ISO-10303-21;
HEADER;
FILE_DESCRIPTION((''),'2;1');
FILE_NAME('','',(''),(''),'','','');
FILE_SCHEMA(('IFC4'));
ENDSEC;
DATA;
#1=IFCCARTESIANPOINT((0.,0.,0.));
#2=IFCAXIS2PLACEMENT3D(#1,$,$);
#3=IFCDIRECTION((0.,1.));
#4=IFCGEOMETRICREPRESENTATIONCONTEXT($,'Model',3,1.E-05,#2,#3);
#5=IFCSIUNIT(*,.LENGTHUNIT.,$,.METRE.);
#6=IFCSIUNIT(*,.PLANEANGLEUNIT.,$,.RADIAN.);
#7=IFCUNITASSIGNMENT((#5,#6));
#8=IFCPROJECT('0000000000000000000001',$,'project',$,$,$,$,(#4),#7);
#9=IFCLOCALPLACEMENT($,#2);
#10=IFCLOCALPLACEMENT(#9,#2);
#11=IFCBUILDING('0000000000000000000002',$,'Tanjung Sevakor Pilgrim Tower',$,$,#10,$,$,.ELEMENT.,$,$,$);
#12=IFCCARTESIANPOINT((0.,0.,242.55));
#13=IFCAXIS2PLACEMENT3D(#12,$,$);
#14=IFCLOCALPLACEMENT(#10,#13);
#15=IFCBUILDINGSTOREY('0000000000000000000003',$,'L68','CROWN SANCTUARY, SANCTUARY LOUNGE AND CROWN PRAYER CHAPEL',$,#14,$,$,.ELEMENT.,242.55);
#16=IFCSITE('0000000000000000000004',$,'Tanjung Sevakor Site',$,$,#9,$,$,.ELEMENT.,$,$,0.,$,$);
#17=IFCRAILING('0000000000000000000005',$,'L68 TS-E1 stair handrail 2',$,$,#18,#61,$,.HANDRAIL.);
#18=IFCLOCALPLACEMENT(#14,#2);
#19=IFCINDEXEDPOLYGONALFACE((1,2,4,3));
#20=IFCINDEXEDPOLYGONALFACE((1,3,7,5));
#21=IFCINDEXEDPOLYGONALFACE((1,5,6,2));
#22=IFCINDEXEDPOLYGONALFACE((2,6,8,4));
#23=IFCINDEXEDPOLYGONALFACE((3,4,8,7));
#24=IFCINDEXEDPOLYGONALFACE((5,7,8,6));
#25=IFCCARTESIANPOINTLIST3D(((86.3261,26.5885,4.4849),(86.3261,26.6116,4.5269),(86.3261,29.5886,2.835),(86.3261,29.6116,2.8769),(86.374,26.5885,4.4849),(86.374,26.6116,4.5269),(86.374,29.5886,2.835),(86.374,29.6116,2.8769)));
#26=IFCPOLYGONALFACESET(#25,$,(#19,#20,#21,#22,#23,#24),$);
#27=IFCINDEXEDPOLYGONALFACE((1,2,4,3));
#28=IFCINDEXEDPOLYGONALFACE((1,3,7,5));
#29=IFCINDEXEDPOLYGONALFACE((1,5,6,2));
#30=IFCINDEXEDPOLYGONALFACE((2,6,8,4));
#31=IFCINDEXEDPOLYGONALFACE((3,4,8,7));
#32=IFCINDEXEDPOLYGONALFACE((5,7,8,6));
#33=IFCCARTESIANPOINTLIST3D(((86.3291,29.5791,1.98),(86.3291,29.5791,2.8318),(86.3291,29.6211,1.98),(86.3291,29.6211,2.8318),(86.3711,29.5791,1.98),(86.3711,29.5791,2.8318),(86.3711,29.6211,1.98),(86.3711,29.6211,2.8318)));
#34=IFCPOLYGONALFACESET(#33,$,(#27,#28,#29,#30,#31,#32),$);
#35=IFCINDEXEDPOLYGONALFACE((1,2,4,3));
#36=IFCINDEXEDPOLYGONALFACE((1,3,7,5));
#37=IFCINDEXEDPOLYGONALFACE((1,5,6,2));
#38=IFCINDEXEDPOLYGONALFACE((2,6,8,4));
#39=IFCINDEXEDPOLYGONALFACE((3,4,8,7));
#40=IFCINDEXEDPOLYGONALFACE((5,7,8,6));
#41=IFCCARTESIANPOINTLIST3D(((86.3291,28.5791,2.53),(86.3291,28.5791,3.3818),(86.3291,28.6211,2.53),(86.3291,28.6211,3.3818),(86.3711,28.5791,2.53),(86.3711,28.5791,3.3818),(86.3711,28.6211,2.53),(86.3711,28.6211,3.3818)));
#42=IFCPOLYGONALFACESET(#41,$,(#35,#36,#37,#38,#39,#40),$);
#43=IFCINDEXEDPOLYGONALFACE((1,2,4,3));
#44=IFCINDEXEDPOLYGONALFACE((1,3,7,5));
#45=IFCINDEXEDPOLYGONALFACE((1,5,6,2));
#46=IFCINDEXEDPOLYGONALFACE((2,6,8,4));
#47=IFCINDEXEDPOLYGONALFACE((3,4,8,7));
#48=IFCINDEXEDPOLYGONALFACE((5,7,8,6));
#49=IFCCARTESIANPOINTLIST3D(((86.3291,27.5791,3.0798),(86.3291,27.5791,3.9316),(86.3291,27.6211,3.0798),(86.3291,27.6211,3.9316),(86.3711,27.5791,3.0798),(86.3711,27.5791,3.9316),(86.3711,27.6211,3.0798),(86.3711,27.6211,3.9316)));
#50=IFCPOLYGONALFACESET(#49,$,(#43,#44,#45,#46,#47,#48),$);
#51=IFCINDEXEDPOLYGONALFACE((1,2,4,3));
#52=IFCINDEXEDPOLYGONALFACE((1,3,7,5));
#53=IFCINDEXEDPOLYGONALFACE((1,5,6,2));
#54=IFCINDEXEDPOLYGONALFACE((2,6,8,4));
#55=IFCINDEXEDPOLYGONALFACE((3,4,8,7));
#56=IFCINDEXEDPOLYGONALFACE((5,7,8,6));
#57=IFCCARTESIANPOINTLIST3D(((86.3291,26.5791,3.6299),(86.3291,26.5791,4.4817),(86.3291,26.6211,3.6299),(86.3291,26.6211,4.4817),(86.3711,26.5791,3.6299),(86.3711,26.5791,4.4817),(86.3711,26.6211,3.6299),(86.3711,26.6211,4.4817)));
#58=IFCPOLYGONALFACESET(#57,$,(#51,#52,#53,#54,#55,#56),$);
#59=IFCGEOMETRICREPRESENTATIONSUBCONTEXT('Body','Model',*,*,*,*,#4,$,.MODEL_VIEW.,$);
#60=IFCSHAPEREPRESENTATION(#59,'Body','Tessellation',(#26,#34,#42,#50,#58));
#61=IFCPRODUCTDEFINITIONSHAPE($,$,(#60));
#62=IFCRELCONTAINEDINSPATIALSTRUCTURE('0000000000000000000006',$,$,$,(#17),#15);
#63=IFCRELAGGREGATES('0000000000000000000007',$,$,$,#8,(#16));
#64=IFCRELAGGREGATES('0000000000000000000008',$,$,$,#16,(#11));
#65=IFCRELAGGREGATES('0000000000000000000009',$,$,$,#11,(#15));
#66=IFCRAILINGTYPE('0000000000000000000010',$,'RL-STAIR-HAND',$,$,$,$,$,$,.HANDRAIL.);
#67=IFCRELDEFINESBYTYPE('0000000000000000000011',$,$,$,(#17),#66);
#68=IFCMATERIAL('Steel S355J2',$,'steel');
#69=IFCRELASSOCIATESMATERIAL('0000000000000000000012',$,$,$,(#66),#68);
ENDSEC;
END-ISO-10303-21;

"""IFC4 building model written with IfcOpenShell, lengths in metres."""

from ifc_helpers import new_model, si_unit, direction, frame, origin, place, context, subcontext, project, spatial, rectangle, extrude, material, type_object, element, save


model = new_model("IFC4")

# Units and contexts
model_context = context("Model", 3, precision=1e-05, world=origin(), true_north=direction((0.0, 1.0)))
body_context = subcontext(model_context, "Body", "Model", "MODEL_VIEW")
ifc_project = project(units=[si_unit("LENGTHUNIT", "METRE"), si_unit("PLANEANGLEUNIT", "RADIAN")], contexts=[model_context])

# Site, building, storey
site_placement = place(None, origin())
site = spatial("IfcSite", under=ifc_project, at=site_placement, Name="Tanjung Sevakor Site", CompositionType="ELEMENT", RefElevation=0.0)
building_placement = place(site_placement, origin())
building = spatial("IfcBuilding", under=site, at=building_placement, Name="Tanjung Sevakor Pilgrim Tower", CompositionType="ELEMENT")
storey_placement = place(building_placement, frame((0.0, 0.0, 242.55)))
storey = spatial("IfcBuildingStorey", under=building, at=storey_placement, Name="L68", Description="CROWN SANCTUARY, SANCTUARY LOUNGE AND CROWN PRAYER CHAPEL", CompositionType="ELEMENT", Elevation=242.55)

# Railing
ifc_material_1 = material(Name="Steel S355J2", Category="steel")
railing_type_1 = type_object("IfcRailingType", Name="RL-STAIR-HAND", PredefinedType="HANDRAIL", material=ifc_material_1)
railing_1_placement = place(storey_placement, frame((86.3501, 29.6001, 1.98)))
element("IfcRailing", 1, at=railing_1_placement, inside=storey, type_object=railing_type_1, Name="L68 TS-E1 stair handrail 2", PredefinedType="HANDRAIL", context=body_context, shape_type="SweptSolid", body=[
    extrude(rectangle(XDim=0.0479, YDim=0.0479), frame((0.0, 0.0, 0.876), z_axis=(0.0, -0.876228, 0.481897), x_axis=(1.0, 0.0, 0.0)), (0.0, 0.0, 1.0), 3.4238),
    extrude(rectangle(XDim=0.042, YDim=0.042), origin(), (0.0, 0.0, 1.0), 0.8518),
    extrude(rectangle(XDim=0.042, YDim=0.042), frame((0.0, -1.0, 0.55)), (0.0, 0.0, 1.0), 0.8518),
    extrude(rectangle(XDim=0.042, YDim=0.042), frame((0.0, -2.0, 1.0999)), (0.0, 0.0, 1.0), 0.8518),
    extrude(rectangle(XDim=0.042, YDim=0.042), frame((0.0, -3.0, 1.6499)), (0.0, 0.0, 1.0), 0.8518),
])

save(model, "model.ifc")
